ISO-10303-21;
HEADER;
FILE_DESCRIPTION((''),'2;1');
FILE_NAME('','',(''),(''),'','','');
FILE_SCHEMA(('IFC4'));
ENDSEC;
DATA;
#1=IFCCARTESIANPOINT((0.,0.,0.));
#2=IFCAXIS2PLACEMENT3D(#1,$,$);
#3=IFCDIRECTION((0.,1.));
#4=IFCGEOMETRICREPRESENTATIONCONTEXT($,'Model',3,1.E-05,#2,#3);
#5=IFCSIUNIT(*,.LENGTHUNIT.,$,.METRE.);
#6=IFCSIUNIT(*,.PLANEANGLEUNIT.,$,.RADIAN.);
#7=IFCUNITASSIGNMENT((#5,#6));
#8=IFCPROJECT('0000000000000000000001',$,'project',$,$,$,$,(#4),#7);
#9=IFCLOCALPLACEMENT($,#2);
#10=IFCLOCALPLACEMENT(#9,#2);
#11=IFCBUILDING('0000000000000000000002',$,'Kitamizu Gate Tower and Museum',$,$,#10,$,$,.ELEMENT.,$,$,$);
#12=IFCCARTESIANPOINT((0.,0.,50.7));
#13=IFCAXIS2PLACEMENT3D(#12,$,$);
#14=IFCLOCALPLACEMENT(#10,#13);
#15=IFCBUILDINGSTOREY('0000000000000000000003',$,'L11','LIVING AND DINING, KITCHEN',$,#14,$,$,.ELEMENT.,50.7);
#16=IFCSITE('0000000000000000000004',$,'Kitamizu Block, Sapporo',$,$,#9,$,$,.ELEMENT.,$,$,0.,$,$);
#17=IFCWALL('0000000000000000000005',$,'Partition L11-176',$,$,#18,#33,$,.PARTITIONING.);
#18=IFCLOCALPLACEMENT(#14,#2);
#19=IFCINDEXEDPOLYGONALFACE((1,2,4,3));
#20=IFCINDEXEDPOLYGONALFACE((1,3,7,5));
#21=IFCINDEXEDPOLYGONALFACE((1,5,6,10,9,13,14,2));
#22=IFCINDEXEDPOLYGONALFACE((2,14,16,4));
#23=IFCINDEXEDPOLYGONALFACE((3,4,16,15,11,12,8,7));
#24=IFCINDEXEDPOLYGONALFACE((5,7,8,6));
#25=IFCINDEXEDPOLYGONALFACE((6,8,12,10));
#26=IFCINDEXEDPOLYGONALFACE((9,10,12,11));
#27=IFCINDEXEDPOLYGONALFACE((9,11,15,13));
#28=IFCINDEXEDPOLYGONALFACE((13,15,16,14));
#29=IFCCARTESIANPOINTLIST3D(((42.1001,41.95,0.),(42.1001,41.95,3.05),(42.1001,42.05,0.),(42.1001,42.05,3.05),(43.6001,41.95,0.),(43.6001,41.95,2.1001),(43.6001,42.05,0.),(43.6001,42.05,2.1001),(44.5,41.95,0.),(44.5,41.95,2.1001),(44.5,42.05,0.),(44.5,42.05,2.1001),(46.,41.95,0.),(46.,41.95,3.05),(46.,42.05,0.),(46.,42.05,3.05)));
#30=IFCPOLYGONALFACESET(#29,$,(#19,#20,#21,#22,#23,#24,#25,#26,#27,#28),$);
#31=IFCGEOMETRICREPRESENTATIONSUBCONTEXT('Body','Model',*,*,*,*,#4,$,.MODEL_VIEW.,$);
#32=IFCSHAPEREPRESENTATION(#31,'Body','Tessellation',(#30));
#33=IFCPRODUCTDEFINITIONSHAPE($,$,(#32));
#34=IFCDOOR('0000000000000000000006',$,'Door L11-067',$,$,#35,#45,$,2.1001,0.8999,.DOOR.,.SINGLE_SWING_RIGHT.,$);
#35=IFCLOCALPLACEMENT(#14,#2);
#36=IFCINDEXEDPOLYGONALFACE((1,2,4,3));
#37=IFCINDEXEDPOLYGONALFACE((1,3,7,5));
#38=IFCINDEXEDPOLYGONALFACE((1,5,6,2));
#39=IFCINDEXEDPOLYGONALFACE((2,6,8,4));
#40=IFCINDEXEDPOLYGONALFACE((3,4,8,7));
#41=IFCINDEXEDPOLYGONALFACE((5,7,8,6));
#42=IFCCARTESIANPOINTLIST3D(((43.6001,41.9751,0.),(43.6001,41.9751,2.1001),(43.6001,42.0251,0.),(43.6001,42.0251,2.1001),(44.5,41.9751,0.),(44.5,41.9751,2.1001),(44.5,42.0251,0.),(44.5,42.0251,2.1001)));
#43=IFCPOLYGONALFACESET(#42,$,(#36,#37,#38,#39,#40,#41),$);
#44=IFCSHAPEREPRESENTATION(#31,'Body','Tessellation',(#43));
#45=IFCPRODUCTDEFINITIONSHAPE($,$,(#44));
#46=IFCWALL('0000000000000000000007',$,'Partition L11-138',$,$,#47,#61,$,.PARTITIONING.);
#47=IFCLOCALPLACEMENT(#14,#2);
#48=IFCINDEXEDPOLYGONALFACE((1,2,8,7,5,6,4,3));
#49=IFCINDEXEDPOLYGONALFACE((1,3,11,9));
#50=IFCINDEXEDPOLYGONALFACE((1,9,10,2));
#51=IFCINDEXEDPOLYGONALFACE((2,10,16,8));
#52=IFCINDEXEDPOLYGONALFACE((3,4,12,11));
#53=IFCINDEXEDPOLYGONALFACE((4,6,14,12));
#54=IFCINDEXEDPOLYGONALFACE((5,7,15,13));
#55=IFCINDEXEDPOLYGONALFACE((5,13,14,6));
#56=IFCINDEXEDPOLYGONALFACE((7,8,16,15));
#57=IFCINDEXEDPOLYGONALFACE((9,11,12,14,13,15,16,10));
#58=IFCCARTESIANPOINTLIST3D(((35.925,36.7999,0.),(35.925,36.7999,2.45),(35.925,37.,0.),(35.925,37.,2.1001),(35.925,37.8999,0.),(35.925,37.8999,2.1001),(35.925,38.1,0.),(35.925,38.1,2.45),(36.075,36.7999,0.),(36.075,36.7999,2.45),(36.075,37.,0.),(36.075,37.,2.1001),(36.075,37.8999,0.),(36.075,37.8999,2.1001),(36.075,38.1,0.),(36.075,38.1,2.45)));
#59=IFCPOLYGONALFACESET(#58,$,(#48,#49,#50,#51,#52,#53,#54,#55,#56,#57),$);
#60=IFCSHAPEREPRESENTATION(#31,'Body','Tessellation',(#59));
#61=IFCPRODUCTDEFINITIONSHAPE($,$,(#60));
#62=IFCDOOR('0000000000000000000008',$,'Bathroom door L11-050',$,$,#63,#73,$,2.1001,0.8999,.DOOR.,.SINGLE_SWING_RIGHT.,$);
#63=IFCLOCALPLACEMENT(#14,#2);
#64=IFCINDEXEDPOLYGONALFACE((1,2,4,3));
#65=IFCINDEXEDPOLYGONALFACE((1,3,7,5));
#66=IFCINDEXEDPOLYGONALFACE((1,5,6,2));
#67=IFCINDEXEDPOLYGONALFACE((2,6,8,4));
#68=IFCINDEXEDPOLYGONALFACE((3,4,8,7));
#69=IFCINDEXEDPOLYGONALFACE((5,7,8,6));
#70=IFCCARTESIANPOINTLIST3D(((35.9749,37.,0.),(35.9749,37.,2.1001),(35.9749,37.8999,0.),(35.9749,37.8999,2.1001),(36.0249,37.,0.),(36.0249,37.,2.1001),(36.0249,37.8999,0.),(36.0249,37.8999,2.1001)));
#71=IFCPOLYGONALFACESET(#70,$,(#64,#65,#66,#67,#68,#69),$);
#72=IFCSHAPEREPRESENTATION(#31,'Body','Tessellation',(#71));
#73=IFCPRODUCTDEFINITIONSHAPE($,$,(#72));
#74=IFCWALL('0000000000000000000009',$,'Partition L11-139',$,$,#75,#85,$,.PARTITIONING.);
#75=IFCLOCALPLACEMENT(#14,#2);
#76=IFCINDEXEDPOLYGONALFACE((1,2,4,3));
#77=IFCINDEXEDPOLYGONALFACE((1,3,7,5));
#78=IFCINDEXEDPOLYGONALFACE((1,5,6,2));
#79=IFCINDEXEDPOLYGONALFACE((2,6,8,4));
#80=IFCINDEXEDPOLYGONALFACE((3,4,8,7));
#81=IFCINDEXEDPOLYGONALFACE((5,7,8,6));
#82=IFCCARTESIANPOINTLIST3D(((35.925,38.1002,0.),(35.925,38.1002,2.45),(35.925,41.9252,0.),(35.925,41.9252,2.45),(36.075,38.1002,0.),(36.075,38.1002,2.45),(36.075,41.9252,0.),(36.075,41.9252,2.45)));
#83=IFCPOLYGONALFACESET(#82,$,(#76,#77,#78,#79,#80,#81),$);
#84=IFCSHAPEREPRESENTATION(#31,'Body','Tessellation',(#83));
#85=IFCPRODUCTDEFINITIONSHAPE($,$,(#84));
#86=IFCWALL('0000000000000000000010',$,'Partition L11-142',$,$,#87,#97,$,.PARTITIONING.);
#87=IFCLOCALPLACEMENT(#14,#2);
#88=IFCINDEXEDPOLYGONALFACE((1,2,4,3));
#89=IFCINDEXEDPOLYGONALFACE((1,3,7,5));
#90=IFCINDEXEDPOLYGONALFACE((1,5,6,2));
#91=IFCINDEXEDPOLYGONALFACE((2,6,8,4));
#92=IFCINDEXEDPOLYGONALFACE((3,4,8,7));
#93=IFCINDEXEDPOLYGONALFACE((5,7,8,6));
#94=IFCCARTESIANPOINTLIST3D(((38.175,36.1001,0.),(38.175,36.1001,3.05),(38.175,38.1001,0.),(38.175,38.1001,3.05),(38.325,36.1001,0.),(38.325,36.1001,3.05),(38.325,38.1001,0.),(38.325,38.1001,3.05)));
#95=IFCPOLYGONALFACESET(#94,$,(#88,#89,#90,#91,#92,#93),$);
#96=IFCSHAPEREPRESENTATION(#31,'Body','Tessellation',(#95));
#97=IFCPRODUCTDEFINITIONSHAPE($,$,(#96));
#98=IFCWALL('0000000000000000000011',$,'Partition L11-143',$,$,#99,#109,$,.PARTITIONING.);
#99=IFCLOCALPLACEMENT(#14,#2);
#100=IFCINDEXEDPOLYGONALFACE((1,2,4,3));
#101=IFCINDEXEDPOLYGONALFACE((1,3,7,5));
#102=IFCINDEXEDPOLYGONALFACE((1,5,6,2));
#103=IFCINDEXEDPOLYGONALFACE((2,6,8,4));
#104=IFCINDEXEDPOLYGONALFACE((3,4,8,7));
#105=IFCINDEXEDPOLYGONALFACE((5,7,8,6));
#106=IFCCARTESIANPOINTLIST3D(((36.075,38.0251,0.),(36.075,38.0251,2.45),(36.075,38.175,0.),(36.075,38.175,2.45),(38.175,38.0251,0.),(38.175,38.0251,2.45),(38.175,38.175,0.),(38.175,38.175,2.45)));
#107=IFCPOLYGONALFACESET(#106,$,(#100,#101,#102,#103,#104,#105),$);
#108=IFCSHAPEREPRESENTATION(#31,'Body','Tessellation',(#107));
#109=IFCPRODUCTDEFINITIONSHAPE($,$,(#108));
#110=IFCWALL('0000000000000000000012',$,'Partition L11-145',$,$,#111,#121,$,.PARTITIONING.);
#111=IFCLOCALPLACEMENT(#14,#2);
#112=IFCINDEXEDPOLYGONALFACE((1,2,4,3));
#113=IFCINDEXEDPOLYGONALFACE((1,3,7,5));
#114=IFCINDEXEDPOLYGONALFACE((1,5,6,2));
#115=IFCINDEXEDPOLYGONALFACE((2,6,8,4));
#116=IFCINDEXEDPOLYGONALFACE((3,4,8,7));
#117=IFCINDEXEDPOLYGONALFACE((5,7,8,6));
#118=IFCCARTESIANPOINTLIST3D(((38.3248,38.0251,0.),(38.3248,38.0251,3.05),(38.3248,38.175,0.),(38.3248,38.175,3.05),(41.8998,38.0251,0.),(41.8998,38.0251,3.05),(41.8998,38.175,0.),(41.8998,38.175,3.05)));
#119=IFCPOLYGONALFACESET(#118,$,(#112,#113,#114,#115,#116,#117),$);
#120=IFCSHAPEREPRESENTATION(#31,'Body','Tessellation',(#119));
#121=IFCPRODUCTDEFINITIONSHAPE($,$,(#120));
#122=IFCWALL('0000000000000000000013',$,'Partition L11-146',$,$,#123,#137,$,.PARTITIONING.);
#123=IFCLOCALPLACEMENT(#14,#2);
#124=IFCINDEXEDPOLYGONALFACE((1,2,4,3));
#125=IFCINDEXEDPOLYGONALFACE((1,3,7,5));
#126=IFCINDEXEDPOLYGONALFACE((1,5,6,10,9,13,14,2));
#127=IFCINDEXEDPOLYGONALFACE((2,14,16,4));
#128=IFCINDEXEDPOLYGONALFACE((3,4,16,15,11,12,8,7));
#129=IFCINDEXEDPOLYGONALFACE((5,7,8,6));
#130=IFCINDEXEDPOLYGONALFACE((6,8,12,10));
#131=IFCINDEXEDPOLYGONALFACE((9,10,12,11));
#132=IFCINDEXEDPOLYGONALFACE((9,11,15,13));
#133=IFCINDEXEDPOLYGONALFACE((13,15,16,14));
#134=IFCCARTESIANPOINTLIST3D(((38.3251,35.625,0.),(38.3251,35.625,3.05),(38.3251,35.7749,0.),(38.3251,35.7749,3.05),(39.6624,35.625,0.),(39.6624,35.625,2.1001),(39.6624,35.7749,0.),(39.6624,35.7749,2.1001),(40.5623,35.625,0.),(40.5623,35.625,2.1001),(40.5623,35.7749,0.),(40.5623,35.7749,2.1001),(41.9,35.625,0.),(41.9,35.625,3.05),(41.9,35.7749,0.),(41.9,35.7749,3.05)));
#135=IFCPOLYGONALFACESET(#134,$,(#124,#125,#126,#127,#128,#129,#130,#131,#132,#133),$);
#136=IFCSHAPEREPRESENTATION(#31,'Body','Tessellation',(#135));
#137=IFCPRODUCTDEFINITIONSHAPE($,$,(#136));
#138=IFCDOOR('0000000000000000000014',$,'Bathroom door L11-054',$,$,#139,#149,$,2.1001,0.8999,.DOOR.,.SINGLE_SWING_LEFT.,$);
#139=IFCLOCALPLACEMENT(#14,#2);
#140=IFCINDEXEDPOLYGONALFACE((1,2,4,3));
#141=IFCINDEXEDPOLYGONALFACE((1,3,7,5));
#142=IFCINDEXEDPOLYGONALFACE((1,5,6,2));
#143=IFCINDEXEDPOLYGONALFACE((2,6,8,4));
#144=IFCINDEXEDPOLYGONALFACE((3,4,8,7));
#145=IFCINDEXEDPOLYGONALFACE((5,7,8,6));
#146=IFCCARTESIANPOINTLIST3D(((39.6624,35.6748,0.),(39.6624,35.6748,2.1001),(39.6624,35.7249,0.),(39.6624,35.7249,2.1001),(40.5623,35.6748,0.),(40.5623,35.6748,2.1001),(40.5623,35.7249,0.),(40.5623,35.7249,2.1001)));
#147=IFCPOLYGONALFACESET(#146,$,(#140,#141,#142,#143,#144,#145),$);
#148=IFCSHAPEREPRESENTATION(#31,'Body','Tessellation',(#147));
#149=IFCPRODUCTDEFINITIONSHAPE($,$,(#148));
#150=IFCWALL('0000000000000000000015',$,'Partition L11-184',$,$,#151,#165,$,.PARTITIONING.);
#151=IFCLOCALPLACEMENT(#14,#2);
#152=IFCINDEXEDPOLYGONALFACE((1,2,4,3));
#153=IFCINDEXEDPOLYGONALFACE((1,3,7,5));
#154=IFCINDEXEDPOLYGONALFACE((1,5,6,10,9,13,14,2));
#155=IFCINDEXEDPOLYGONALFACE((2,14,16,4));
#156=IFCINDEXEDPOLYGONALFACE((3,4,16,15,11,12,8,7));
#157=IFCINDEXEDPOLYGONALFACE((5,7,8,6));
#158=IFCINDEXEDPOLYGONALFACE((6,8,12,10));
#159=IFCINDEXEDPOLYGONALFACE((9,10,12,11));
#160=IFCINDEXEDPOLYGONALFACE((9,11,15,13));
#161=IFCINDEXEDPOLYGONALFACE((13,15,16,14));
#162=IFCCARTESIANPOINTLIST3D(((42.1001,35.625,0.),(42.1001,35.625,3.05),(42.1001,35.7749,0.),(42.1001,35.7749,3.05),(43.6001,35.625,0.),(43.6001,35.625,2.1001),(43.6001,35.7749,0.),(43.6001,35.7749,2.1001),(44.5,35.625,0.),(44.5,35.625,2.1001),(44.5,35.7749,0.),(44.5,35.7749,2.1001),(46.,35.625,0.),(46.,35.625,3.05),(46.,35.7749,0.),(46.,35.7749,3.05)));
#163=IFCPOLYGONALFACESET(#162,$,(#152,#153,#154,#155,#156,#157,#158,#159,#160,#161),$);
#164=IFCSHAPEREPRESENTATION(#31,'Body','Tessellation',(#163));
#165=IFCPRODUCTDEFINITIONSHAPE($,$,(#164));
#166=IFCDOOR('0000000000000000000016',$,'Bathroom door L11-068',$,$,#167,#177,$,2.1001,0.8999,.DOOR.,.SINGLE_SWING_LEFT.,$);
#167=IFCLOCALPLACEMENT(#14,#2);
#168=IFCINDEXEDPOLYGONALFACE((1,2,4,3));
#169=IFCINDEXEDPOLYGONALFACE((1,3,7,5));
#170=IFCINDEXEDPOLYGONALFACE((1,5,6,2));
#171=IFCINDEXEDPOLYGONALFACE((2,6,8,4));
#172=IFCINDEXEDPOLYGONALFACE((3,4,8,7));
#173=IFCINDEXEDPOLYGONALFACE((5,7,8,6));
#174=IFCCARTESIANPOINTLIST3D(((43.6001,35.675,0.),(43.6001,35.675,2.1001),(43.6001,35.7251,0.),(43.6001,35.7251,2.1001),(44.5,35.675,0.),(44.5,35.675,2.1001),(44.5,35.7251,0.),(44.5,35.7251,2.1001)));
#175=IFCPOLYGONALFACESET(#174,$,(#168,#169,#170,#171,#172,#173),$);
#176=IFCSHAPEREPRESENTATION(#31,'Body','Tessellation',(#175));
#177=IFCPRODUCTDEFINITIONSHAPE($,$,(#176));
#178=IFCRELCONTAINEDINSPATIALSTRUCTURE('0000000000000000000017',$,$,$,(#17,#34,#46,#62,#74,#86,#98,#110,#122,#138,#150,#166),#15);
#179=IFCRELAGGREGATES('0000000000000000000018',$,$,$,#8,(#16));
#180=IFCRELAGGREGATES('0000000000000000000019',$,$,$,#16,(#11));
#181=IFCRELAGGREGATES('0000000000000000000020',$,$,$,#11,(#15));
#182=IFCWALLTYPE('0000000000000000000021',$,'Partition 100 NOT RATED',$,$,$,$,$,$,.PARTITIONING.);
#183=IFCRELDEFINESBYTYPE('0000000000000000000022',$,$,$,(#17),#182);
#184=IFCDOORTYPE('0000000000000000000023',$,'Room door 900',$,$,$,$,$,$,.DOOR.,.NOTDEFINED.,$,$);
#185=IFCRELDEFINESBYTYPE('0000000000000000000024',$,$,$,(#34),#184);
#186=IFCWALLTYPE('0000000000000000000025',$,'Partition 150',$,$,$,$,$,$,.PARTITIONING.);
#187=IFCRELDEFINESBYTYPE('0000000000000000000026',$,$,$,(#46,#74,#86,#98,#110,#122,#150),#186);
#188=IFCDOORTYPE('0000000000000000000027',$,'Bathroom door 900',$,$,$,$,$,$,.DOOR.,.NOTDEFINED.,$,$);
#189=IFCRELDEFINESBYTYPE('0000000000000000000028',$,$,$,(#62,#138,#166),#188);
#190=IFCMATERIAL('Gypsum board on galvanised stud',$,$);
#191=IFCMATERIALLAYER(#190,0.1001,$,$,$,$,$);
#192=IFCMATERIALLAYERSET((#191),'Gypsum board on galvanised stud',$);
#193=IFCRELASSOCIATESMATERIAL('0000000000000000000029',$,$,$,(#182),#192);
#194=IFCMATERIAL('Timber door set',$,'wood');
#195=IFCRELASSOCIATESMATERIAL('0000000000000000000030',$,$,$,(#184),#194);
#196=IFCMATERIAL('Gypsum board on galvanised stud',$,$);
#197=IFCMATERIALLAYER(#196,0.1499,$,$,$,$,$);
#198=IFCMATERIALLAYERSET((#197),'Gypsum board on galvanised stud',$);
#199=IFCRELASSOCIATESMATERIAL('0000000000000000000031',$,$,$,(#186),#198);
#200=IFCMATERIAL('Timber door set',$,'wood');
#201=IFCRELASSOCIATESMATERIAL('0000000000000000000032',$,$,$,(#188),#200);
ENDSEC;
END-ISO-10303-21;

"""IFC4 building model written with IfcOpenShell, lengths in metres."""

from ifc_helpers import new_model, si_unit, direction, frame, frame_2d, origin, place, context, subcontext, project, spatial, rectangle, extrude, material, layer, layer_set, type_object, element, fill, save


model = new_model("IFC4")

# Units and contexts
model_context = context("Model", 3, precision=1e-05, world=origin(), true_north=direction((0.0, 1.0)))
body_context = subcontext(model_context, "Body", "Model", "MODEL_VIEW")
ifc_project = project(units=[si_unit("LENGTHUNIT", "METRE"), si_unit("PLANEANGLEUNIT", "RADIAN")], contexts=[model_context])

# Site, building, storey
site_placement = place(None, origin())
site = spatial("IfcSite", under=ifc_project, at=site_placement, Name="Kitamizu Block, Sapporo", CompositionType="ELEMENT", RefElevation=0.0)
building_placement = place(site_placement, origin())
building = spatial("IfcBuilding", under=site, at=building_placement, Name="Kitamizu Gate Tower and Museum", CompositionType="ELEMENT")
storey_placement = place(building_placement, frame((0.0, 0.0, 50.7)))
storey = spatial("IfcBuildingStorey", under=building, at=storey_placement, Name="L11", Description="LIVING AND DINING, KITCHEN", CompositionType="ELEMENT", Elevation=50.7)

# Walls, openings, doors
ifc_material_1 = material(Name="Gypsum board on galvanised stud")
ifc_layer_1 = layer(ifc_material_1, 0.1001)
ifc_layer_set_1 = layer_set([ifc_layer_1], Name="Gypsum board on galvanised stud")
wall_type_1 = type_object("IfcWallType", Name="Partition 100 NOT RATED", PredefinedType="PARTITIONING", material=ifc_layer_set_1)
ifc_material_2 = material(Name="Timber door set", Category="wood")
door_type_1 = type_object("IfcDoorType", Name="Room door 900", OperationType="NOTDEFINED", PredefinedType="DOOR", material=ifc_material_2)
wall_1_placement = place(storey_placement, frame((42.1001, 42.0, 0.0), z_axis=(0.0, 0.0, 1.0), x_axis=(1.0, 0.0, 0.0)))
wall_1 = element("IfcWall", 1, at=wall_1_placement, inside=storey, type_object=wall_type_1, Name="Partition L11-176", PredefinedType="PARTITIONING", context=body_context, shape_type="SweptSolid", body=[
    extrude(rectangle(XDim=3.8999, YDim=0.1001, at=frame_2d((1.95, 0.0))), origin(), (0.0, 0.0, 1.0), 3.05),
])
opening_1_placement = place(wall_1_placement, frame((1.5, 0.0, 0.0)))
opening_1 = element("IfcOpeningElement", 2, at=opening_1_placement, cuts=wall_1, PredefinedType="OPENING", context=body_context, shape_type="SweptSolid", body=[
    extrude(rectangle(XDim=0.8999, YDim=2.1001, at=frame_2d((0.45, 1.05))), frame((0.0, 0.0601, 0.0), z_axis=(0.0, -1.0, 0.0), x_axis=(1.0, 0.0, 0.0)), (0.0, 0.0, 1.0), 0.1201),
])
door_1_placement = place(opening_1_placement, frame((0.8999, 0.0, 0.0), x_axis=(-1.0, 0.0, 0.0)))
door_1 = element("IfcDoor", 3, at=door_1_placement, inside=storey, type_object=door_type_1, Name="Door L11-067", OperationType="SINGLE_SWING_RIGHT", OverallHeight=2.1001, OverallWidth=0.8999, PredefinedType="DOOR", context=body_context, shape_type="SweptSolid", body=[
    extrude(rectangle(XDim=0.8999, YDim=2.1001, at=frame_2d((0.45, 1.05))), frame((0.0, 0.0249, 0.0), z_axis=(0.0, -1.0, 0.0), x_axis=(1.0, 0.0, 0.0)), (0.0, 0.0, 1.0), 0.05),
])
fill(opening_1, door_1)
ifc_material_3 = material(Name="Gypsum board on galvanised stud")
ifc_layer_2 = layer(ifc_material_3, 0.1499)
ifc_layer_set_2 = layer_set([ifc_layer_2], Name="Gypsum board on galvanised stud")
wall_type_2 = type_object("IfcWallType", Name="Partition 150", PredefinedType="PARTITIONING", material=ifc_layer_set_2)
wall_2_placement = place(storey_placement, frame((36.0, 36.8, 0.0), z_axis=(0.0, 0.0, 1.0), x_axis=(0.0, 1.0, 0.0)))
wall_2 = element("IfcWall", 4, at=wall_2_placement, inside=storey, type_object=wall_type_2, Name="Partition L11-138", PredefinedType="PARTITIONING", context=body_context, shape_type="SweptSolid", body=[
    extrude(rectangle(XDim=1.3, YDim=0.1499, at=frame_2d((0.6499, 0.0))), origin(), (0.0, 0.0, 1.0), 2.45),
])
opening_2_placement = place(wall_2_placement, frame((0.2, 0.0, 0.0)))
opening_2 = element("IfcOpeningElement", 5, at=opening_2_placement, cuts=wall_2, PredefinedType="OPENING", context=body_context, shape_type="SweptSolid", body=[
    extrude(rectangle(XDim=0.8999, YDim=2.1001, at=frame_2d((0.45, 1.05))), frame((0.0, 0.085, 0.0), z_axis=(0.0, -1.0, 0.0), x_axis=(1.0, 0.0, 0.0)), (0.0, 0.0, 1.0), 0.1699),
])
ifc_material_4 = material(Name="Timber door set", Category="wood")
door_type_2 = type_object("IfcDoorType", Name="Bathroom door 900", OperationType="NOTDEFINED", PredefinedType="DOOR", material=ifc_material_4)
door_2_placement = place(opening_2_placement, frame((0.8999, 0.0, 0.0), x_axis=(-1.0, 0.0, 0.0)))
door_2 = element("IfcDoor", 6, at=door_2_placement, inside=storey, type_object=door_type_2, Name="Bathroom door L11-050", OperationType="SINGLE_SWING_RIGHT", OverallHeight=2.1001, OverallWidth=0.8999, PredefinedType="DOOR", context=body_context, shape_type="SweptSolid", body=[
    extrude(rectangle(XDim=0.8999, YDim=2.1001, at=frame_2d((0.45, 1.05))), frame((0.0, 0.0249, 0.0), z_axis=(0.0, -1.0, 0.0), x_axis=(1.0, 0.0, 0.0)), (0.0, 0.0, 1.0), 0.05),
])
fill(opening_2, door_2)

# Walls
wall_3_placement = place(storey_placement, frame((36.0, 38.1001, 0.0), z_axis=(0.0, 0.0, 1.0), x_axis=(0.0, 1.0, 0.0)))
element("IfcWall", 7, at=wall_3_placement, inside=storey, type_object=wall_type_2, Name="Partition L11-139", PredefinedType="PARTITIONING", context=body_context, shape_type="SweptSolid", body=[
    extrude(rectangle(XDim=3.825, YDim=0.1499, at=frame_2d((1.9126, 0.0))), origin(), (0.0, 0.0, 1.0), 2.45),
])
wall_4_placement = place(storey_placement, frame((38.25, 36.1001, 0.0), z_axis=(0.0, 0.0, 1.0), x_axis=(0.0, 1.0, 0.0)))
element("IfcWall", 8, at=wall_4_placement, inside=storey, type_object=wall_type_2, Name="Partition L11-142", PredefinedType="PARTITIONING", context=body_context, shape_type="SweptSolid", body=[
    extrude(rectangle(XDim=2.0, YDim=0.1499, at=frame_2d((1.0, 0.0))), origin(), (0.0, 0.0, 1.0), 3.05),
])
wall_5_placement = place(storey_placement, frame((38.175, 38.1001, 0.0), z_axis=(0.0, 0.0, 1.0), x_axis=(-1.0, 0.0, 0.0)))
element("IfcWall", 9, at=wall_5_placement, inside=storey, type_object=wall_type_2, Name="Partition L11-143", PredefinedType="PARTITIONING", context=body_context, shape_type="SweptSolid", body=[
    extrude(rectangle(XDim=2.1001, YDim=0.1499, at=frame_2d((1.05, 0.0))), origin(), (0.0, 0.0, 1.0), 2.45),
])
wall_6_placement = place(storey_placement, frame((41.8999, 38.1001, 0.0), z_axis=(0.0, 0.0, 1.0), x_axis=(-1.0, 0.0, 0.0)))
element("IfcWall", 10, at=wall_6_placement, inside=storey, type_object=wall_type_2, Name="Partition L11-145", PredefinedType="PARTITIONING", context=body_context, shape_type="SweptSolid", body=[
    extrude(rectangle(XDim=3.575, YDim=0.1499, at=frame_2d((1.7876, 0.0))), origin(), (0.0, 0.0, 1.0), 3.05),
])

# Walls, openings, doors
wall_7_placement = place(storey_placement, frame((38.325, 35.7, 0.0), z_axis=(0.0, 0.0, 1.0), x_axis=(1.0, 0.0, 0.0)))
wall_7 = element("IfcWall", 11, at=wall_7_placement, inside=storey, type_object=wall_type_2, Name="Partition L11-146", PredefinedType="PARTITIONING", context=body_context, shape_type="SweptSolid", body=[
    extrude(rectangle(XDim=3.575, YDim=0.1499, at=frame_2d((1.7876, 0.0))), origin(), (0.0, 0.0, 1.0), 3.05),
])
opening_3_placement = place(wall_7_placement, frame((1.3374, 0.0, 0.0)))
opening_3 = element("IfcOpeningElement", 12, at=opening_3_placement, cuts=wall_7, PredefinedType="OPENING", context=body_context, shape_type="SweptSolid", body=[
    extrude(rectangle(XDim=0.8999, YDim=2.1001, at=frame_2d((0.45, 1.05))), frame((0.0, 0.085, 0.0), z_axis=(0.0, -1.0, 0.0), x_axis=(1.0, 0.0, 0.0)), (0.0, 0.0, 1.0), 0.1699),
])
door_3_placement = place(opening_3_placement, origin())
door_3 = element("IfcDoor", 13, at=door_3_placement, inside=storey, type_object=door_type_2, Name="Bathroom door L11-054", OperationType="SINGLE_SWING_LEFT", OverallHeight=2.1001, OverallWidth=0.8999, PredefinedType="DOOR", context=body_context, shape_type="SweptSolid", body=[
    extrude(rectangle(XDim=0.8999, YDim=2.1001, at=frame_2d((0.45, 1.05))), frame((0.0, 0.0249, 0.0), z_axis=(0.0, -1.0, 0.0), x_axis=(1.0, 0.0, 0.0)), (0.0, 0.0, 1.0), 0.05),
])
fill(opening_3, door_3)
wall_8_placement = place(storey_placement, frame((42.1001, 35.7, 0.0), z_axis=(0.0, 0.0, 1.0), x_axis=(1.0, 0.0, 0.0)))
wall_8 = element("IfcWall", 14, at=wall_8_placement, inside=storey, type_object=wall_type_2, Name="Partition L11-184", PredefinedType="PARTITIONING", context=body_context, shape_type="SweptSolid", body=[
    extrude(rectangle(XDim=3.8999, YDim=0.1499, at=frame_2d((1.95, 0.0))), origin(), (0.0, 0.0, 1.0), 3.05),
])
opening_4_placement = place(wall_8_placement, frame((1.5, 0.0, 0.0)))
opening_4 = element("IfcOpeningElement", 15, at=opening_4_placement, cuts=wall_8, PredefinedType="OPENING", context=body_context, shape_type="SweptSolid", body=[
    extrude(rectangle(XDim=0.8999, YDim=2.1001, at=frame_2d((0.45, 1.05))), frame((0.0, 0.085, 0.0), z_axis=(0.0, -1.0, 0.0), x_axis=(1.0, 0.0, 0.0)), (0.0, 0.0, 1.0), 0.1699),
])
door_4_placement = place(opening_4_placement, frame((0.8999, 0.0, 0.0), x_axis=(-1.0, 0.0, 0.0)))
door_4 = element("IfcDoor", 16, at=door_4_placement, inside=storey, type_object=door_type_2, Name="Bathroom door L11-068", OperationType="SINGLE_SWING_LEFT", OverallHeight=2.1001, OverallWidth=0.8999, PredefinedType="DOOR", context=body_context, shape_type="SweptSolid", body=[
    extrude(rectangle(XDim=0.8999, YDim=2.1001, at=frame_2d((0.45, 1.05))), frame((0.0, 0.0249, 0.0), z_axis=(0.0, -1.0, 0.0), x_axis=(1.0, 0.0, 0.0)), (0.0, 0.0, 1.0), 0.05),
])
fill(opening_4, door_4)

save(model, "model.ifc")
